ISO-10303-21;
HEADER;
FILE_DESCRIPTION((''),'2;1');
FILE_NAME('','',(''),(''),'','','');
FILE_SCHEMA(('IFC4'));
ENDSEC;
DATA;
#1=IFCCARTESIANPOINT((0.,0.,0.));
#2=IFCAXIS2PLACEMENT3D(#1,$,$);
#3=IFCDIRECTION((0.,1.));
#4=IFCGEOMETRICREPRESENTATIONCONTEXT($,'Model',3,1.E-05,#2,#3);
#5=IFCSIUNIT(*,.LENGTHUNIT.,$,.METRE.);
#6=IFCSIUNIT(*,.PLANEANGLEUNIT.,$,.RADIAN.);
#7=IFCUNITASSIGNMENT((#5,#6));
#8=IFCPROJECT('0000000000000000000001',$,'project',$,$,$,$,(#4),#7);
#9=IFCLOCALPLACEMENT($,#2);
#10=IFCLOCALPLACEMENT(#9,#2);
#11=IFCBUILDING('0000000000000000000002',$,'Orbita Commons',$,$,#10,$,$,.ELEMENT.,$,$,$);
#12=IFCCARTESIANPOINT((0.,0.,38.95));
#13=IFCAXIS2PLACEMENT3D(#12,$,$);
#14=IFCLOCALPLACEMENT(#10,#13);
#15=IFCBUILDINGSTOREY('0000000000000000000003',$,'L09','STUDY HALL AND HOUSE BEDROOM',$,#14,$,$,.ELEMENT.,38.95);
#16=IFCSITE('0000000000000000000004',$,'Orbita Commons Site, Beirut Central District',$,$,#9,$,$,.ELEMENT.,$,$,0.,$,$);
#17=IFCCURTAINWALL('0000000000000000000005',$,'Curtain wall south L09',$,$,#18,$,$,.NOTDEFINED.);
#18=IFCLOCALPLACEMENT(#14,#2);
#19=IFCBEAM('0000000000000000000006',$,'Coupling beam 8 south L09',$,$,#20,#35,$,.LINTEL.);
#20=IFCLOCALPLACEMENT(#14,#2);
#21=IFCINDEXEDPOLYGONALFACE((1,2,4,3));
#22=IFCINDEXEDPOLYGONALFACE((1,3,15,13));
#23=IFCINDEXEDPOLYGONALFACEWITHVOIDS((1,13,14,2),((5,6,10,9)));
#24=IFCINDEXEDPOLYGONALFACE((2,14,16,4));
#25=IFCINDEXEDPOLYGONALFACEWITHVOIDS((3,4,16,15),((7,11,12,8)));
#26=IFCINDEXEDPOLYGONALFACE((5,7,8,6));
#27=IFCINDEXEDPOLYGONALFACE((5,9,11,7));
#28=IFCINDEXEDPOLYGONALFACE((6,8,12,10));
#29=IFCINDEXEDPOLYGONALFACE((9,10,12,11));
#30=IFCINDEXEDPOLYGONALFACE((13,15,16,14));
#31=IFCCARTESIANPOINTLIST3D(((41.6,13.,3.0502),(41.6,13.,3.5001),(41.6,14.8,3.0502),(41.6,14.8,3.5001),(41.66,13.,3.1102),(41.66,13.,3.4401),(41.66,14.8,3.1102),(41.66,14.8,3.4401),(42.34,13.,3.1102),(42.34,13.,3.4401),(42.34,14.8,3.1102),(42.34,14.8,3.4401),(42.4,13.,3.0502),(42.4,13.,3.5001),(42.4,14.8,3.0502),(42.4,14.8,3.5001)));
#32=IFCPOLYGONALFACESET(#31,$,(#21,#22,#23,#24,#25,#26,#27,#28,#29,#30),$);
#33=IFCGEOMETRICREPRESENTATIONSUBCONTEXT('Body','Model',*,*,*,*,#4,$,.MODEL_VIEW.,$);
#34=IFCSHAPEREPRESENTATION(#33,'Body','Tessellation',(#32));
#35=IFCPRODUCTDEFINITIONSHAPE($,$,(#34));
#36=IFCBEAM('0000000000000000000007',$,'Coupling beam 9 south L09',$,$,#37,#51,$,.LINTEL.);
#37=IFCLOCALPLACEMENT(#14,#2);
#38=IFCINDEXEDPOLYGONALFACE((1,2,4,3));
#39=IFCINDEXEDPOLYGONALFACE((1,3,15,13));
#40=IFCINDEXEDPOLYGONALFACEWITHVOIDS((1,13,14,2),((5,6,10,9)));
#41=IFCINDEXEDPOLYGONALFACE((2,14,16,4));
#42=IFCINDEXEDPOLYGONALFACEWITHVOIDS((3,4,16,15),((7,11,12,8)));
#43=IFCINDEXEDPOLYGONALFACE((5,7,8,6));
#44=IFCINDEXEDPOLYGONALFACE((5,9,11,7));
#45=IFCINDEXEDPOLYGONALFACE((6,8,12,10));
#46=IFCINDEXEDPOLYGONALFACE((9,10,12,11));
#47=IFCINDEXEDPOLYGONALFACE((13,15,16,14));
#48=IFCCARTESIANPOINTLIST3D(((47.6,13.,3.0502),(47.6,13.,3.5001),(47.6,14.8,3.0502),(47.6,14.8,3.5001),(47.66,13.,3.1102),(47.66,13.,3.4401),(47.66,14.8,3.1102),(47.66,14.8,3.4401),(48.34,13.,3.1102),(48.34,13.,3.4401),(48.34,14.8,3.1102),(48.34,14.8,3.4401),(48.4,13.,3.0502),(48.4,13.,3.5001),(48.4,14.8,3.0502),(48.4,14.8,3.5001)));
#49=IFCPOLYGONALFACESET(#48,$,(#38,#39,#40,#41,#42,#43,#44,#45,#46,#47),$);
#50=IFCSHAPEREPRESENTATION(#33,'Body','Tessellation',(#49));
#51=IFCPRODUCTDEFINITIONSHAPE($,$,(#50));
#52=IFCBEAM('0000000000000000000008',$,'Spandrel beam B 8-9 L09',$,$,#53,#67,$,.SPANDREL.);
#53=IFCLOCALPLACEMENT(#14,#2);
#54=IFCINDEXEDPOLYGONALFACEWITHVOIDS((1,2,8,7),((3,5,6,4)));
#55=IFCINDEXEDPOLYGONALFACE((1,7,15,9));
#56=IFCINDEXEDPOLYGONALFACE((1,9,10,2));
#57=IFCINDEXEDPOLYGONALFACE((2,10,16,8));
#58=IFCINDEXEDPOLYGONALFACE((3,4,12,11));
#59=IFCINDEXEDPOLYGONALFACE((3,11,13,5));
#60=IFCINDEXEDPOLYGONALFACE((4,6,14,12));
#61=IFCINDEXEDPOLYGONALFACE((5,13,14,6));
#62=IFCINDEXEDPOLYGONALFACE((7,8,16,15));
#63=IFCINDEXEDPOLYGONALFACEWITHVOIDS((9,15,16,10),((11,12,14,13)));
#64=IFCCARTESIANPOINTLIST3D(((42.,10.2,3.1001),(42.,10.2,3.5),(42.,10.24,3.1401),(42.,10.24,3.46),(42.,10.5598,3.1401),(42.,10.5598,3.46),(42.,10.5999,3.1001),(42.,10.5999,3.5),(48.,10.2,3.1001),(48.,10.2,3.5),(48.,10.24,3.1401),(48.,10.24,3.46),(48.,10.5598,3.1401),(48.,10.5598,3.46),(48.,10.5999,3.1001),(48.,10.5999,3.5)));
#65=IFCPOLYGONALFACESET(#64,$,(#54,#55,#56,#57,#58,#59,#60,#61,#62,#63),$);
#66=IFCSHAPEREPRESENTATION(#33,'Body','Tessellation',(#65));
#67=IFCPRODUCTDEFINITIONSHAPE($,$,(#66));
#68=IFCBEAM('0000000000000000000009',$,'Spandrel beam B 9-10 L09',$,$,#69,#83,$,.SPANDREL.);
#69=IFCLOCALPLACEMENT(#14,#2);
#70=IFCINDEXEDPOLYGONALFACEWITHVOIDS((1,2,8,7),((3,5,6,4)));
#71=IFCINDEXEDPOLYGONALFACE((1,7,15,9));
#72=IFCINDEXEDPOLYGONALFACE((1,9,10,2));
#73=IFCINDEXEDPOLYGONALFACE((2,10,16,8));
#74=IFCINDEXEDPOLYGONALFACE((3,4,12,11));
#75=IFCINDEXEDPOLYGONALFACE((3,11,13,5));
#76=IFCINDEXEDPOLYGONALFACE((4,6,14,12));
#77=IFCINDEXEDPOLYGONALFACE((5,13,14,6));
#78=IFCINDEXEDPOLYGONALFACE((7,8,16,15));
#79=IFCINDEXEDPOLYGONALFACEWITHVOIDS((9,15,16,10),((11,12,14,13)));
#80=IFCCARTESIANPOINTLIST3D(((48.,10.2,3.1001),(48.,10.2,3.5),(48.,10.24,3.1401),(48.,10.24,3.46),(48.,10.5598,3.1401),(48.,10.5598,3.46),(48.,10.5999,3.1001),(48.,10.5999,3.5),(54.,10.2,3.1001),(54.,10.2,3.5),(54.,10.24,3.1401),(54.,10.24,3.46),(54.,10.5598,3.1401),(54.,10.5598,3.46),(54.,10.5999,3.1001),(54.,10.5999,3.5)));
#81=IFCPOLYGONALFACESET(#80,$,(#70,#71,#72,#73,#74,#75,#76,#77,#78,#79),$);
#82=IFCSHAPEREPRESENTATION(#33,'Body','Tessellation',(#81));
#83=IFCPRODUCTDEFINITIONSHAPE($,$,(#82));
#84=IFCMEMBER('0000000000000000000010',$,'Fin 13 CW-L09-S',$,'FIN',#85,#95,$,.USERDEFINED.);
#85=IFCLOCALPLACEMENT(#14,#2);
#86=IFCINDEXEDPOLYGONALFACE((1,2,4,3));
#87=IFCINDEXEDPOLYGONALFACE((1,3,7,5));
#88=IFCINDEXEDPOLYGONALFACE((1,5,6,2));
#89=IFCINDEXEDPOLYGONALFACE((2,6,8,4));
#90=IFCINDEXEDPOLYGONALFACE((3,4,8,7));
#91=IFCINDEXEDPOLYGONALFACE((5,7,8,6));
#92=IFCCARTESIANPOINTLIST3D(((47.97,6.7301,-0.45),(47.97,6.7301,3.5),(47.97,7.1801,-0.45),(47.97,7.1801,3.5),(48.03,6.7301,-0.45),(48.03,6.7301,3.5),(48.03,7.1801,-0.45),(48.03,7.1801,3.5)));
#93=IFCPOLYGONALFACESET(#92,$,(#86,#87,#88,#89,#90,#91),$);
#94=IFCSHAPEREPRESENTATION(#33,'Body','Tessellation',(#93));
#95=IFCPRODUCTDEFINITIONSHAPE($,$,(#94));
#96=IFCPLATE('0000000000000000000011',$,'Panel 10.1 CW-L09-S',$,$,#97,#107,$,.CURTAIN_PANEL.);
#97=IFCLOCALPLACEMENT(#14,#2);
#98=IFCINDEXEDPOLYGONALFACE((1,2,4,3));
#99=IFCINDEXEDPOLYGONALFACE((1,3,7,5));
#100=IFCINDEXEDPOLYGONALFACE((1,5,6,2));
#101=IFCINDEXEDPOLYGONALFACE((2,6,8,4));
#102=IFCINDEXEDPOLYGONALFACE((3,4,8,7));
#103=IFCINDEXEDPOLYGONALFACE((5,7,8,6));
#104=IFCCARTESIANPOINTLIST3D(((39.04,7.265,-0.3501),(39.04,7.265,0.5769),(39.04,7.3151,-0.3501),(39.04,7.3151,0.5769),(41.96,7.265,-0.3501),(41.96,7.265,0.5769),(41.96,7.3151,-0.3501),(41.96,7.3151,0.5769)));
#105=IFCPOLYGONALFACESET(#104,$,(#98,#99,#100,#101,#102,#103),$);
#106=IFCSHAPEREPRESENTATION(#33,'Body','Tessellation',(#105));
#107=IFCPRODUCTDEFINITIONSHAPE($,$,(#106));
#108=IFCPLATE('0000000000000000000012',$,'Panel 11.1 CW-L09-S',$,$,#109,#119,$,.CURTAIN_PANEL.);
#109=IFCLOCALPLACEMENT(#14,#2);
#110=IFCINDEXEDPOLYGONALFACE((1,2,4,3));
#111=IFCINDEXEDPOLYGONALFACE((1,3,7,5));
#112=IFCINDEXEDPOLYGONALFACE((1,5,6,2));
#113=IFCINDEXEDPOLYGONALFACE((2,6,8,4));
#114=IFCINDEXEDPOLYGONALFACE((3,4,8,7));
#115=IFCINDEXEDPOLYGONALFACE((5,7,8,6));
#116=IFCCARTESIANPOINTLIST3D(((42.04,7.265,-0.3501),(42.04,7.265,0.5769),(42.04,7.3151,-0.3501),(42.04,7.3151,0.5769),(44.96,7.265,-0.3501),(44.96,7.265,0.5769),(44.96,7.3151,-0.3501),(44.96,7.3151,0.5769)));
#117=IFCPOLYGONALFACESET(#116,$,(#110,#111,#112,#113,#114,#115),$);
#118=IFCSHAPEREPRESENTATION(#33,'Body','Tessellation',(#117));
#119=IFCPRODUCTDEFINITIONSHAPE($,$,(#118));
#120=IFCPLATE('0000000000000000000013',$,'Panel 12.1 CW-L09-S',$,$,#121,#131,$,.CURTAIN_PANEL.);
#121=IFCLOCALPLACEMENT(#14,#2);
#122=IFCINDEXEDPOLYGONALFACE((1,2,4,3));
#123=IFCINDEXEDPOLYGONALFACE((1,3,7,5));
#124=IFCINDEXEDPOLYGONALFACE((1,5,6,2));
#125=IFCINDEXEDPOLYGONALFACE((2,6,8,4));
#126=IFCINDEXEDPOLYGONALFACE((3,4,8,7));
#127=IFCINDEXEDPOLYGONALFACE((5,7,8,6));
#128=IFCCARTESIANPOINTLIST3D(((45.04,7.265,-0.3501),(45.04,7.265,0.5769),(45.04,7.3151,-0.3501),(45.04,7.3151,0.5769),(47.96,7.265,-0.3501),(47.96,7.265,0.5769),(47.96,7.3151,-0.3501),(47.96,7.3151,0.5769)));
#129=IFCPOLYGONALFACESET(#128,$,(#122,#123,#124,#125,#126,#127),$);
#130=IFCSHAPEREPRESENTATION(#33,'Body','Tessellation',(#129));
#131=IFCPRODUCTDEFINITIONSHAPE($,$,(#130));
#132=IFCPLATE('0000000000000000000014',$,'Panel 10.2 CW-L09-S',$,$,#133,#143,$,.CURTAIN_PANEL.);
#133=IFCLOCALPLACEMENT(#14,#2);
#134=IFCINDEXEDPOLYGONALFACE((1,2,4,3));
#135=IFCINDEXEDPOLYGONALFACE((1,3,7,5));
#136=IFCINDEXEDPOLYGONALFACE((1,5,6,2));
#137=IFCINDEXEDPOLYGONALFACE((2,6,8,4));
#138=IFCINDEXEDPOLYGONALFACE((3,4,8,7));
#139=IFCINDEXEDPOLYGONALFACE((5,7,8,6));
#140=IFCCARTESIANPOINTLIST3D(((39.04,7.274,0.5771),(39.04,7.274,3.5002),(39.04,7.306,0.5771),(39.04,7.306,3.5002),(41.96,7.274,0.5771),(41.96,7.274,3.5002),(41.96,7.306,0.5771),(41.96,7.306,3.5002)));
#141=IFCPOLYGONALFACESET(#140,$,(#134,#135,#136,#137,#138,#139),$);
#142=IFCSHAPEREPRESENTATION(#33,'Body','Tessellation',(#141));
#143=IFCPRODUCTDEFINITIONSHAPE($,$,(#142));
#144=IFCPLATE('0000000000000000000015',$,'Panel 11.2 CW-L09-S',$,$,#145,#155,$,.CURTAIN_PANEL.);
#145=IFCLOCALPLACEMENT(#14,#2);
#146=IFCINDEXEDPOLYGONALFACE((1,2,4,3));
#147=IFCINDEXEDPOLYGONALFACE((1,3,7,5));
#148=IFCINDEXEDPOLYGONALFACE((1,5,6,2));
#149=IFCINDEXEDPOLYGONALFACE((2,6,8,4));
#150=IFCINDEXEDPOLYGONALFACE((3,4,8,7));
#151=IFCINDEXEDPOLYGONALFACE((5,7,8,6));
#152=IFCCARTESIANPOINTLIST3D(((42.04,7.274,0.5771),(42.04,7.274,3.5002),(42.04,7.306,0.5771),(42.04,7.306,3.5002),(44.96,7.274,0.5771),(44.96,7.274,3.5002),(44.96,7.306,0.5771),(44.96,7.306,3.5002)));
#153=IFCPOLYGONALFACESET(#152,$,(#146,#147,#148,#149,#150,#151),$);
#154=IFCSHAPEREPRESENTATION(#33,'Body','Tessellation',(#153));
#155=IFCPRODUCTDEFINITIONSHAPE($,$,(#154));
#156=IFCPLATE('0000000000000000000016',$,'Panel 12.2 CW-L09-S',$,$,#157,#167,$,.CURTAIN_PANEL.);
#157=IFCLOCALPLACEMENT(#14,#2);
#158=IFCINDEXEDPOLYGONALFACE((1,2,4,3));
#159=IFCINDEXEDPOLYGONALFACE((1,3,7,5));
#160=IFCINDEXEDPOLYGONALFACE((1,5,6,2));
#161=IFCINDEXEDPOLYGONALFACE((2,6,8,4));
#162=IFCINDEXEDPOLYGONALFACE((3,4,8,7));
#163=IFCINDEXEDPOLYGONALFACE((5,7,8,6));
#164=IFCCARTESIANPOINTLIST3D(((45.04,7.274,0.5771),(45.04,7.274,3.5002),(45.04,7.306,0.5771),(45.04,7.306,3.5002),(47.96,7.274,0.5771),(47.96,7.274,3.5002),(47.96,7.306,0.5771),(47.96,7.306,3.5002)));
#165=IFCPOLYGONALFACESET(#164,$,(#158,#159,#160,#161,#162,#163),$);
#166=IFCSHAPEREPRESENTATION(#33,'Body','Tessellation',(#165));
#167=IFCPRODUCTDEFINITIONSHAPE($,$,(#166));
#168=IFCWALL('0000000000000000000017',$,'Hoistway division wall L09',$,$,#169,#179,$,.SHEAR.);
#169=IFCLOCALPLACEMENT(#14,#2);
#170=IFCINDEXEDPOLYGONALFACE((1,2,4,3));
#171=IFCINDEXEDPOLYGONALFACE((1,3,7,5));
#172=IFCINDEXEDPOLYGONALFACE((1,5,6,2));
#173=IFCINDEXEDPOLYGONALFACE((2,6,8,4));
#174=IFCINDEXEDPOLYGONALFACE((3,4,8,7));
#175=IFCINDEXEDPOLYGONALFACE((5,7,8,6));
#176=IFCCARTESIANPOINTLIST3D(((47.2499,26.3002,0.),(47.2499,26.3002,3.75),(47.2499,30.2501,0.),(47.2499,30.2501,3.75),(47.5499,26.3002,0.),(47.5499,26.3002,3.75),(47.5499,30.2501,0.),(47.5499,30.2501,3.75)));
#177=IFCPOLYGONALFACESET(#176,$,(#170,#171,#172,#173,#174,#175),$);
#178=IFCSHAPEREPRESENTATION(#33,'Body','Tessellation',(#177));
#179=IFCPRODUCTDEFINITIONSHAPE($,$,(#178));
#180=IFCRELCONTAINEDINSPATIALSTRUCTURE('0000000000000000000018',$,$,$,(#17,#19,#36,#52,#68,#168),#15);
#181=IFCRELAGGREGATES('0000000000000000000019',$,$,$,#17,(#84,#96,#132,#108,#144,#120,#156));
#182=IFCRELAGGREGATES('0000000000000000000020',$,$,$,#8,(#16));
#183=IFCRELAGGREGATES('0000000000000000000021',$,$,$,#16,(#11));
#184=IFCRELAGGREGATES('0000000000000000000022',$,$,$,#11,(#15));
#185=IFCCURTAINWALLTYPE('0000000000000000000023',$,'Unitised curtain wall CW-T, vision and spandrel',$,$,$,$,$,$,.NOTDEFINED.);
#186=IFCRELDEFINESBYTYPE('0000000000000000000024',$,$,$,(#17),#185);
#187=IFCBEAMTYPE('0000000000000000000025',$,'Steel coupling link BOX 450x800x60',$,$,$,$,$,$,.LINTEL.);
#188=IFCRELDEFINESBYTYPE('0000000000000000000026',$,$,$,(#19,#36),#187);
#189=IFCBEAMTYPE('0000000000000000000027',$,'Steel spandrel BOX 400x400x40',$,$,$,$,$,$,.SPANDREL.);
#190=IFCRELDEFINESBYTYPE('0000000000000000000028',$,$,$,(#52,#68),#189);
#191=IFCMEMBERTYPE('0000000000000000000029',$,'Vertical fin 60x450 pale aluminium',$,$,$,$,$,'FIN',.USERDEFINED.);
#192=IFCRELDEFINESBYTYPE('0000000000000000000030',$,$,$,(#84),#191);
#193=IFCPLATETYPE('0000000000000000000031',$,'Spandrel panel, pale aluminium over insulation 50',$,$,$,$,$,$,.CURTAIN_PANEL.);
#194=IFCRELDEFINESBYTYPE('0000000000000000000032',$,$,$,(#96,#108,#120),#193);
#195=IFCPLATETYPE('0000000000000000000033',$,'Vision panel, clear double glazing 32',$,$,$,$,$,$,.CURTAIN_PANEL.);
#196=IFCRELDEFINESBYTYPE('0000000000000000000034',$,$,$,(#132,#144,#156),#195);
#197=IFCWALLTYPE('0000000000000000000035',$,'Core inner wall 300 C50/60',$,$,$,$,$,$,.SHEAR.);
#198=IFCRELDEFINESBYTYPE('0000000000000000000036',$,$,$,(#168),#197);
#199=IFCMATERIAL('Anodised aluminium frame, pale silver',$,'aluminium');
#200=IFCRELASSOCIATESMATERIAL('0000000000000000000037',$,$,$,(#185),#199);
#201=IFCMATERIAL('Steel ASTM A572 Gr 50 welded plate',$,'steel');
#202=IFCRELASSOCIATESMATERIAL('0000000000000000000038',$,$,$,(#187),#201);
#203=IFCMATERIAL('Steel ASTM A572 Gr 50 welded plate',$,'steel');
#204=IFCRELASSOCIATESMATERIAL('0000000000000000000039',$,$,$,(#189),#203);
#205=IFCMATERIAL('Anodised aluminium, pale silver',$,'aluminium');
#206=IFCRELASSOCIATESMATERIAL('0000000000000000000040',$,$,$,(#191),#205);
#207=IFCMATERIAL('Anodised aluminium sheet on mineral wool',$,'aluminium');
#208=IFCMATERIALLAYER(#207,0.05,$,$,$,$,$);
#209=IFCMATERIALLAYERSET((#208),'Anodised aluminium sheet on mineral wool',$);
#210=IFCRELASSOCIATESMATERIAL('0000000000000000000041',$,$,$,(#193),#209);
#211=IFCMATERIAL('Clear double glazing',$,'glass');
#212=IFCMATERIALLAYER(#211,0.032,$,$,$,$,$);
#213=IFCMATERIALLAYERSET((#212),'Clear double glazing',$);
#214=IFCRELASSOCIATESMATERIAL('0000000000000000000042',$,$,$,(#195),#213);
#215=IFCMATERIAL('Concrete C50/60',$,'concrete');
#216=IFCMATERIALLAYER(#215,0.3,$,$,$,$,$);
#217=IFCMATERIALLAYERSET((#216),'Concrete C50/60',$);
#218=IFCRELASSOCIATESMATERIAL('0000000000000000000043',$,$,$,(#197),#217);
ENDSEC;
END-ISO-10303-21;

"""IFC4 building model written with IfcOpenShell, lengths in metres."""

from ifc_helpers import new_model, si_unit, direction, frame, frame_2d, origin, origin_2d, place, context, subcontext, project, spatial, rectangle, hollow_rectangle, extrude, material, layer, layer_set, material_profile, profile_set, type_object, element, aggregate, save


model = new_model("IFC4")

# Units and contexts
model_context = context("Model", 3, precision=1e-05, world=origin(), true_north=direction((0.0, 1.0)))
body_context = subcontext(model_context, "Body", "Model", "MODEL_VIEW")
ifc_project = project(units=[si_unit("LENGTHUNIT", "METRE"), si_unit("PLANEANGLEUNIT", "RADIAN")], contexts=[model_context])

# Site, building, storey
site_placement = place(None, origin())
site = spatial("IfcSite", under=ifc_project, at=site_placement, Name="Orbita Commons Site, Beirut Central District", CompositionType="ELEMENT", RefElevation=0.0)
building_placement = place(site_placement, origin())
building = spatial("IfcBuilding", under=site, at=building_placement, Name="Orbita Commons", CompositionType="ELEMENT")
storey_placement = place(building_placement, frame((0.0, 0.0, 38.95)))
storey = spatial("IfcBuildingStorey", under=building, at=storey_placement, Name="L09", Description="STUDY HALL AND HOUSE BEDROOM", CompositionType="ELEMENT", Elevation=38.95)

# Curtain wall
ifc_material_1 = material(Name="Anodised aluminium frame, pale silver", Category="aluminium")
curtain_wall_type = type_object("IfcCurtainWallType", Name="Unitised curtain wall CW-T, vision and spandrel", PredefinedType="NOTDEFINED", material=ifc_material_1)
curtain_wall_placement = place(storey_placement, origin())
curtain_wall = element("IfcCurtainWall", 1, at=curtain_wall_placement, inside=storey, type_object=curtain_wall_type, Name="Curtain wall south L09", PredefinedType="NOTDEFINED")

# Beams
ifc_material_2 = material(Name="Steel ASTM A572 Gr 50 welded plate", Category="steel")
ifc_material_profile_1 = material_profile(ifc_material_2, hollow_rectangle(XDim=0.8, YDim=0.45, WallThickness=0.0601, at=origin_2d()), Name="BOX 450x800x60")
ifc_profile_set_1 = profile_set([ifc_material_profile_1], Name="Steel ASTM A572 Gr 50 welded plate")
beam_type_1 = type_object("IfcBeamType", Name="Steel coupling link BOX 450x800x60", PredefinedType="LINTEL", material=ifc_profile_set_1)
for number, where, z_axis, x_axis, name in (
    (2, (42.0, 13.0, 3.2751), (0.0, 1.0, 0.0), (-1.0, 0.0, 0.0), "Coupling beam 8 south L09"),
    (3, (48.0, 13.0, 3.2751), (0.0, 1.0, 0.0), (-1.0, 0.0, 0.0), "Coupling beam 9 south L09"),
):
    element("IfcBeam", number, at=place(storey_placement, frame(where, z_axis=z_axis, x_axis=x_axis)), inside=storey, type_object=beam_type_1, Name=name, PredefinedType="LINTEL", context=body_context, shape_type="SweptSolid", body=[
        extrude(hollow_rectangle(XDim=0.8, YDim=0.45, WallThickness=0.0601, at=origin_2d()), origin(), (0.0, 0.0, 1.0), 1.8),
    ])
ifc_material_3 = material(Name="Steel ASTM A572 Gr 50 welded plate", Category="steel")
ifc_material_profile_2 = material_profile(ifc_material_3, hollow_rectangle(XDim=0.3999, YDim=0.3999, WallThickness=0.04, at=origin_2d()), Name="BOX 400x400x40")
ifc_profile_set_2 = profile_set([ifc_material_profile_2], Name="Steel ASTM A572 Gr 50 welded plate")
beam_type_2 = type_object("IfcBeamType", Name="Steel spandrel BOX 400x400x40", PredefinedType="SPANDREL", material=ifc_profile_set_2)
for number, where, z_axis, x_axis, name in (
    (4, (42.0, 10.3999, 3.3), (1.0, 0.0, 0.0), (0.0, 1.0, 0.0), "Spandrel beam B 8-9 L09"),
    (5, (48.0, 10.3999, 3.3), (1.0, 0.0, 0.0), (0.0, 1.0, 0.0), "Spandrel beam B 9-10 L09"),
):
    element("IfcBeam", number, at=place(storey_placement, frame(where, z_axis=z_axis, x_axis=x_axis)), inside=storey, type_object=beam_type_2, Name=name, PredefinedType="SPANDREL", context=body_context, shape_type="SweptSolid", body=[
        extrude(hollow_rectangle(XDim=0.3999, YDim=0.3999, WallThickness=0.04, at=origin_2d()), origin(), (0.0, 0.0, 1.0), 6.0),
    ])

# Member
ifc_material_4 = material(Name="Anodised aluminium, pale silver", Category="aluminium")
ifc_material_profile_3 = material_profile(ifc_material_4, rectangle(XDim=0.0601, YDim=0.45, at=origin_2d()), Name="FIN 60x450")
ifc_profile_set_3 = profile_set([ifc_material_profile_3], Name="Anodised aluminium, pale silver")
member_type_1 = type_object("IfcMemberType", Name="Vertical fin 60x450 pale aluminium", ElementType="FIN", PredefinedType="USERDEFINED", material=ifc_profile_set_3)
member_1_placement = place(storey_placement, frame((48.0, 6.9551, -0.45), z_axis=(0.0, 0.0, 1.0), x_axis=(1.0, 0.0, 0.0)))
member_1 = element("IfcMember", 6, at=member_1_placement, type_object=member_type_1, Name="Fin 13 CW-L09-S", ObjectType="FIN", PredefinedType="USERDEFINED", context=body_context, shape_type="SweptSolid", body=[
    extrude(rectangle(XDim=0.0601, YDim=0.45, at=origin_2d()), origin(), (0.0, 0.0, 1.0), 3.95),
])

# Plates
ifc_material_5 = material(Name="Anodised aluminium sheet on mineral wool", Category="aluminium")
ifc_layer_1 = layer(ifc_material_5, 0.05)
ifc_layer_set_1 = layer_set([ifc_layer_1], Name="Anodised aluminium sheet on mineral wool")
plate_type_1 = type_object("IfcPlateType", Name="Spandrel panel, pale aluminium over insulation 50", PredefinedType="CURTAIN_PANEL", material=ifc_layer_set_1)
plate_1_placement = place(storey_placement, frame((40.5, 7.29, -0.3501), z_axis=(0.0, 0.0, 1.0), x_axis=(1.0, 0.0, 0.0)))
plate_1 = element("IfcPlate", 7, at=plate_1_placement, type_object=plate_type_1, Name="Panel 10.1 CW-L09-S", PredefinedType="CURTAIN_PANEL", context=body_context, shape_type="SweptSolid", body=[
    extrude(rectangle(XDim=2.9199, YDim=0.05, at=origin_2d()), origin(), (0.0, 0.0, 1.0), 0.927),
])
plate_2_placement = place(storey_placement, frame((43.5, 7.29, -0.3501), z_axis=(0.0, 0.0, 1.0), x_axis=(1.0, 0.0, 0.0)))
plate_2 = element("IfcPlate", 8, at=plate_2_placement, type_object=plate_type_1, Name="Panel 11.1 CW-L09-S", PredefinedType="CURTAIN_PANEL", context=body_context, shape_type="SweptSolid", body=[
    extrude(rectangle(XDim=2.9199, YDim=0.05, at=origin_2d()), origin(), (0.0, 0.0, 1.0), 0.927),
])
plate_3_placement = place(storey_placement, frame((46.5, 7.29, -0.3501), z_axis=(0.0, 0.0, 1.0), x_axis=(1.0, 0.0, 0.0)))
plate_3 = element("IfcPlate", 9, at=plate_3_placement, type_object=plate_type_1, Name="Panel 12.1 CW-L09-S", PredefinedType="CURTAIN_PANEL", context=body_context, shape_type="SweptSolid", body=[
    extrude(rectangle(XDim=2.9199, YDim=0.05, at=origin_2d()), origin(), (0.0, 0.0, 1.0), 0.927),
])
ifc_material_6 = material(Name="Clear double glazing", Category="glass")
ifc_layer_2 = layer(ifc_material_6, 0.032)
ifc_layer_set_2 = layer_set([ifc_layer_2], Name="Clear double glazing")
plate_type_2 = type_object("IfcPlateType", Name="Vision panel, clear double glazing 32", PredefinedType="CURTAIN_PANEL", material=ifc_layer_set_2)
plate_4_placement = place(storey_placement, frame((40.5, 7.29, 0.5771), z_axis=(0.0, 0.0, 1.0), x_axis=(1.0, 0.0, 0.0)))
plate_4 = element("IfcPlate", 10, at=plate_4_placement, type_object=plate_type_2, Name="Panel 10.2 CW-L09-S", PredefinedType="CURTAIN_PANEL", context=body_context, shape_type="SweptSolid", body=[
    extrude(rectangle(XDim=2.9199, YDim=0.032, at=origin_2d()), origin(), (0.0, 0.0, 1.0), 2.9231),
])
plate_5_placement = place(storey_placement, frame((43.5, 7.29, 0.5771), z_axis=(0.0, 0.0, 1.0), x_axis=(1.0, 0.0, 0.0)))
plate_5 = element("IfcPlate", 11, at=plate_5_placement, type_object=plate_type_2, Name="Panel 11.2 CW-L09-S", PredefinedType="CURTAIN_PANEL", context=body_context, shape_type="SweptSolid", body=[
    extrude(rectangle(XDim=2.9199, YDim=0.032, at=origin_2d()), origin(), (0.0, 0.0, 1.0), 2.9231),
])
plate_6_placement = place(storey_placement, frame((46.5, 7.29, 0.5771), z_axis=(0.0, 0.0, 1.0), x_axis=(1.0, 0.0, 0.0)))
plate_6 = element("IfcPlate", 12, at=plate_6_placement, type_object=plate_type_2, Name="Panel 12.2 CW-L09-S", PredefinedType="CURTAIN_PANEL", context=body_context, shape_type="SweptSolid", body=[
    extrude(rectangle(XDim=2.9199, YDim=0.032, at=origin_2d()), origin(), (0.0, 0.0, 1.0), 2.9231),
])
aggregate(curtain_wall, [member_1, plate_1, plate_4, plate_2, plate_5, plate_3, plate_6])

# Wall
ifc_material_7 = material(Name="Concrete C50/60", Category="concrete")
ifc_layer_3 = layer(ifc_material_7, 0.3)
ifc_layer_set_3 = layer_set([ifc_layer_3], Name="Concrete C50/60")
wall_type_1 = type_object("IfcWallType", Name="Core inner wall 300 C50/60", PredefinedType="SHEAR", material=ifc_layer_set_3)
wall_1_placement = place(storey_placement, frame((47.3999, 26.3, 0.0), z_axis=(0.0, 0.0, 1.0), x_axis=(0.0, 1.0, 0.0)))
element("IfcWall", 13, at=wall_1_placement, inside=storey, type_object=wall_type_1, Name="Hoistway division wall L09", PredefinedType="SHEAR", context=body_context, shape_type="SweptSolid", body=[
    extrude(rectangle(XDim=3.95, YDim=0.3, at=frame_2d((1.9751, 0.0))), origin(), (0.0, 0.0, 1.0), 3.75),
])

save(model, "model.ifc")
